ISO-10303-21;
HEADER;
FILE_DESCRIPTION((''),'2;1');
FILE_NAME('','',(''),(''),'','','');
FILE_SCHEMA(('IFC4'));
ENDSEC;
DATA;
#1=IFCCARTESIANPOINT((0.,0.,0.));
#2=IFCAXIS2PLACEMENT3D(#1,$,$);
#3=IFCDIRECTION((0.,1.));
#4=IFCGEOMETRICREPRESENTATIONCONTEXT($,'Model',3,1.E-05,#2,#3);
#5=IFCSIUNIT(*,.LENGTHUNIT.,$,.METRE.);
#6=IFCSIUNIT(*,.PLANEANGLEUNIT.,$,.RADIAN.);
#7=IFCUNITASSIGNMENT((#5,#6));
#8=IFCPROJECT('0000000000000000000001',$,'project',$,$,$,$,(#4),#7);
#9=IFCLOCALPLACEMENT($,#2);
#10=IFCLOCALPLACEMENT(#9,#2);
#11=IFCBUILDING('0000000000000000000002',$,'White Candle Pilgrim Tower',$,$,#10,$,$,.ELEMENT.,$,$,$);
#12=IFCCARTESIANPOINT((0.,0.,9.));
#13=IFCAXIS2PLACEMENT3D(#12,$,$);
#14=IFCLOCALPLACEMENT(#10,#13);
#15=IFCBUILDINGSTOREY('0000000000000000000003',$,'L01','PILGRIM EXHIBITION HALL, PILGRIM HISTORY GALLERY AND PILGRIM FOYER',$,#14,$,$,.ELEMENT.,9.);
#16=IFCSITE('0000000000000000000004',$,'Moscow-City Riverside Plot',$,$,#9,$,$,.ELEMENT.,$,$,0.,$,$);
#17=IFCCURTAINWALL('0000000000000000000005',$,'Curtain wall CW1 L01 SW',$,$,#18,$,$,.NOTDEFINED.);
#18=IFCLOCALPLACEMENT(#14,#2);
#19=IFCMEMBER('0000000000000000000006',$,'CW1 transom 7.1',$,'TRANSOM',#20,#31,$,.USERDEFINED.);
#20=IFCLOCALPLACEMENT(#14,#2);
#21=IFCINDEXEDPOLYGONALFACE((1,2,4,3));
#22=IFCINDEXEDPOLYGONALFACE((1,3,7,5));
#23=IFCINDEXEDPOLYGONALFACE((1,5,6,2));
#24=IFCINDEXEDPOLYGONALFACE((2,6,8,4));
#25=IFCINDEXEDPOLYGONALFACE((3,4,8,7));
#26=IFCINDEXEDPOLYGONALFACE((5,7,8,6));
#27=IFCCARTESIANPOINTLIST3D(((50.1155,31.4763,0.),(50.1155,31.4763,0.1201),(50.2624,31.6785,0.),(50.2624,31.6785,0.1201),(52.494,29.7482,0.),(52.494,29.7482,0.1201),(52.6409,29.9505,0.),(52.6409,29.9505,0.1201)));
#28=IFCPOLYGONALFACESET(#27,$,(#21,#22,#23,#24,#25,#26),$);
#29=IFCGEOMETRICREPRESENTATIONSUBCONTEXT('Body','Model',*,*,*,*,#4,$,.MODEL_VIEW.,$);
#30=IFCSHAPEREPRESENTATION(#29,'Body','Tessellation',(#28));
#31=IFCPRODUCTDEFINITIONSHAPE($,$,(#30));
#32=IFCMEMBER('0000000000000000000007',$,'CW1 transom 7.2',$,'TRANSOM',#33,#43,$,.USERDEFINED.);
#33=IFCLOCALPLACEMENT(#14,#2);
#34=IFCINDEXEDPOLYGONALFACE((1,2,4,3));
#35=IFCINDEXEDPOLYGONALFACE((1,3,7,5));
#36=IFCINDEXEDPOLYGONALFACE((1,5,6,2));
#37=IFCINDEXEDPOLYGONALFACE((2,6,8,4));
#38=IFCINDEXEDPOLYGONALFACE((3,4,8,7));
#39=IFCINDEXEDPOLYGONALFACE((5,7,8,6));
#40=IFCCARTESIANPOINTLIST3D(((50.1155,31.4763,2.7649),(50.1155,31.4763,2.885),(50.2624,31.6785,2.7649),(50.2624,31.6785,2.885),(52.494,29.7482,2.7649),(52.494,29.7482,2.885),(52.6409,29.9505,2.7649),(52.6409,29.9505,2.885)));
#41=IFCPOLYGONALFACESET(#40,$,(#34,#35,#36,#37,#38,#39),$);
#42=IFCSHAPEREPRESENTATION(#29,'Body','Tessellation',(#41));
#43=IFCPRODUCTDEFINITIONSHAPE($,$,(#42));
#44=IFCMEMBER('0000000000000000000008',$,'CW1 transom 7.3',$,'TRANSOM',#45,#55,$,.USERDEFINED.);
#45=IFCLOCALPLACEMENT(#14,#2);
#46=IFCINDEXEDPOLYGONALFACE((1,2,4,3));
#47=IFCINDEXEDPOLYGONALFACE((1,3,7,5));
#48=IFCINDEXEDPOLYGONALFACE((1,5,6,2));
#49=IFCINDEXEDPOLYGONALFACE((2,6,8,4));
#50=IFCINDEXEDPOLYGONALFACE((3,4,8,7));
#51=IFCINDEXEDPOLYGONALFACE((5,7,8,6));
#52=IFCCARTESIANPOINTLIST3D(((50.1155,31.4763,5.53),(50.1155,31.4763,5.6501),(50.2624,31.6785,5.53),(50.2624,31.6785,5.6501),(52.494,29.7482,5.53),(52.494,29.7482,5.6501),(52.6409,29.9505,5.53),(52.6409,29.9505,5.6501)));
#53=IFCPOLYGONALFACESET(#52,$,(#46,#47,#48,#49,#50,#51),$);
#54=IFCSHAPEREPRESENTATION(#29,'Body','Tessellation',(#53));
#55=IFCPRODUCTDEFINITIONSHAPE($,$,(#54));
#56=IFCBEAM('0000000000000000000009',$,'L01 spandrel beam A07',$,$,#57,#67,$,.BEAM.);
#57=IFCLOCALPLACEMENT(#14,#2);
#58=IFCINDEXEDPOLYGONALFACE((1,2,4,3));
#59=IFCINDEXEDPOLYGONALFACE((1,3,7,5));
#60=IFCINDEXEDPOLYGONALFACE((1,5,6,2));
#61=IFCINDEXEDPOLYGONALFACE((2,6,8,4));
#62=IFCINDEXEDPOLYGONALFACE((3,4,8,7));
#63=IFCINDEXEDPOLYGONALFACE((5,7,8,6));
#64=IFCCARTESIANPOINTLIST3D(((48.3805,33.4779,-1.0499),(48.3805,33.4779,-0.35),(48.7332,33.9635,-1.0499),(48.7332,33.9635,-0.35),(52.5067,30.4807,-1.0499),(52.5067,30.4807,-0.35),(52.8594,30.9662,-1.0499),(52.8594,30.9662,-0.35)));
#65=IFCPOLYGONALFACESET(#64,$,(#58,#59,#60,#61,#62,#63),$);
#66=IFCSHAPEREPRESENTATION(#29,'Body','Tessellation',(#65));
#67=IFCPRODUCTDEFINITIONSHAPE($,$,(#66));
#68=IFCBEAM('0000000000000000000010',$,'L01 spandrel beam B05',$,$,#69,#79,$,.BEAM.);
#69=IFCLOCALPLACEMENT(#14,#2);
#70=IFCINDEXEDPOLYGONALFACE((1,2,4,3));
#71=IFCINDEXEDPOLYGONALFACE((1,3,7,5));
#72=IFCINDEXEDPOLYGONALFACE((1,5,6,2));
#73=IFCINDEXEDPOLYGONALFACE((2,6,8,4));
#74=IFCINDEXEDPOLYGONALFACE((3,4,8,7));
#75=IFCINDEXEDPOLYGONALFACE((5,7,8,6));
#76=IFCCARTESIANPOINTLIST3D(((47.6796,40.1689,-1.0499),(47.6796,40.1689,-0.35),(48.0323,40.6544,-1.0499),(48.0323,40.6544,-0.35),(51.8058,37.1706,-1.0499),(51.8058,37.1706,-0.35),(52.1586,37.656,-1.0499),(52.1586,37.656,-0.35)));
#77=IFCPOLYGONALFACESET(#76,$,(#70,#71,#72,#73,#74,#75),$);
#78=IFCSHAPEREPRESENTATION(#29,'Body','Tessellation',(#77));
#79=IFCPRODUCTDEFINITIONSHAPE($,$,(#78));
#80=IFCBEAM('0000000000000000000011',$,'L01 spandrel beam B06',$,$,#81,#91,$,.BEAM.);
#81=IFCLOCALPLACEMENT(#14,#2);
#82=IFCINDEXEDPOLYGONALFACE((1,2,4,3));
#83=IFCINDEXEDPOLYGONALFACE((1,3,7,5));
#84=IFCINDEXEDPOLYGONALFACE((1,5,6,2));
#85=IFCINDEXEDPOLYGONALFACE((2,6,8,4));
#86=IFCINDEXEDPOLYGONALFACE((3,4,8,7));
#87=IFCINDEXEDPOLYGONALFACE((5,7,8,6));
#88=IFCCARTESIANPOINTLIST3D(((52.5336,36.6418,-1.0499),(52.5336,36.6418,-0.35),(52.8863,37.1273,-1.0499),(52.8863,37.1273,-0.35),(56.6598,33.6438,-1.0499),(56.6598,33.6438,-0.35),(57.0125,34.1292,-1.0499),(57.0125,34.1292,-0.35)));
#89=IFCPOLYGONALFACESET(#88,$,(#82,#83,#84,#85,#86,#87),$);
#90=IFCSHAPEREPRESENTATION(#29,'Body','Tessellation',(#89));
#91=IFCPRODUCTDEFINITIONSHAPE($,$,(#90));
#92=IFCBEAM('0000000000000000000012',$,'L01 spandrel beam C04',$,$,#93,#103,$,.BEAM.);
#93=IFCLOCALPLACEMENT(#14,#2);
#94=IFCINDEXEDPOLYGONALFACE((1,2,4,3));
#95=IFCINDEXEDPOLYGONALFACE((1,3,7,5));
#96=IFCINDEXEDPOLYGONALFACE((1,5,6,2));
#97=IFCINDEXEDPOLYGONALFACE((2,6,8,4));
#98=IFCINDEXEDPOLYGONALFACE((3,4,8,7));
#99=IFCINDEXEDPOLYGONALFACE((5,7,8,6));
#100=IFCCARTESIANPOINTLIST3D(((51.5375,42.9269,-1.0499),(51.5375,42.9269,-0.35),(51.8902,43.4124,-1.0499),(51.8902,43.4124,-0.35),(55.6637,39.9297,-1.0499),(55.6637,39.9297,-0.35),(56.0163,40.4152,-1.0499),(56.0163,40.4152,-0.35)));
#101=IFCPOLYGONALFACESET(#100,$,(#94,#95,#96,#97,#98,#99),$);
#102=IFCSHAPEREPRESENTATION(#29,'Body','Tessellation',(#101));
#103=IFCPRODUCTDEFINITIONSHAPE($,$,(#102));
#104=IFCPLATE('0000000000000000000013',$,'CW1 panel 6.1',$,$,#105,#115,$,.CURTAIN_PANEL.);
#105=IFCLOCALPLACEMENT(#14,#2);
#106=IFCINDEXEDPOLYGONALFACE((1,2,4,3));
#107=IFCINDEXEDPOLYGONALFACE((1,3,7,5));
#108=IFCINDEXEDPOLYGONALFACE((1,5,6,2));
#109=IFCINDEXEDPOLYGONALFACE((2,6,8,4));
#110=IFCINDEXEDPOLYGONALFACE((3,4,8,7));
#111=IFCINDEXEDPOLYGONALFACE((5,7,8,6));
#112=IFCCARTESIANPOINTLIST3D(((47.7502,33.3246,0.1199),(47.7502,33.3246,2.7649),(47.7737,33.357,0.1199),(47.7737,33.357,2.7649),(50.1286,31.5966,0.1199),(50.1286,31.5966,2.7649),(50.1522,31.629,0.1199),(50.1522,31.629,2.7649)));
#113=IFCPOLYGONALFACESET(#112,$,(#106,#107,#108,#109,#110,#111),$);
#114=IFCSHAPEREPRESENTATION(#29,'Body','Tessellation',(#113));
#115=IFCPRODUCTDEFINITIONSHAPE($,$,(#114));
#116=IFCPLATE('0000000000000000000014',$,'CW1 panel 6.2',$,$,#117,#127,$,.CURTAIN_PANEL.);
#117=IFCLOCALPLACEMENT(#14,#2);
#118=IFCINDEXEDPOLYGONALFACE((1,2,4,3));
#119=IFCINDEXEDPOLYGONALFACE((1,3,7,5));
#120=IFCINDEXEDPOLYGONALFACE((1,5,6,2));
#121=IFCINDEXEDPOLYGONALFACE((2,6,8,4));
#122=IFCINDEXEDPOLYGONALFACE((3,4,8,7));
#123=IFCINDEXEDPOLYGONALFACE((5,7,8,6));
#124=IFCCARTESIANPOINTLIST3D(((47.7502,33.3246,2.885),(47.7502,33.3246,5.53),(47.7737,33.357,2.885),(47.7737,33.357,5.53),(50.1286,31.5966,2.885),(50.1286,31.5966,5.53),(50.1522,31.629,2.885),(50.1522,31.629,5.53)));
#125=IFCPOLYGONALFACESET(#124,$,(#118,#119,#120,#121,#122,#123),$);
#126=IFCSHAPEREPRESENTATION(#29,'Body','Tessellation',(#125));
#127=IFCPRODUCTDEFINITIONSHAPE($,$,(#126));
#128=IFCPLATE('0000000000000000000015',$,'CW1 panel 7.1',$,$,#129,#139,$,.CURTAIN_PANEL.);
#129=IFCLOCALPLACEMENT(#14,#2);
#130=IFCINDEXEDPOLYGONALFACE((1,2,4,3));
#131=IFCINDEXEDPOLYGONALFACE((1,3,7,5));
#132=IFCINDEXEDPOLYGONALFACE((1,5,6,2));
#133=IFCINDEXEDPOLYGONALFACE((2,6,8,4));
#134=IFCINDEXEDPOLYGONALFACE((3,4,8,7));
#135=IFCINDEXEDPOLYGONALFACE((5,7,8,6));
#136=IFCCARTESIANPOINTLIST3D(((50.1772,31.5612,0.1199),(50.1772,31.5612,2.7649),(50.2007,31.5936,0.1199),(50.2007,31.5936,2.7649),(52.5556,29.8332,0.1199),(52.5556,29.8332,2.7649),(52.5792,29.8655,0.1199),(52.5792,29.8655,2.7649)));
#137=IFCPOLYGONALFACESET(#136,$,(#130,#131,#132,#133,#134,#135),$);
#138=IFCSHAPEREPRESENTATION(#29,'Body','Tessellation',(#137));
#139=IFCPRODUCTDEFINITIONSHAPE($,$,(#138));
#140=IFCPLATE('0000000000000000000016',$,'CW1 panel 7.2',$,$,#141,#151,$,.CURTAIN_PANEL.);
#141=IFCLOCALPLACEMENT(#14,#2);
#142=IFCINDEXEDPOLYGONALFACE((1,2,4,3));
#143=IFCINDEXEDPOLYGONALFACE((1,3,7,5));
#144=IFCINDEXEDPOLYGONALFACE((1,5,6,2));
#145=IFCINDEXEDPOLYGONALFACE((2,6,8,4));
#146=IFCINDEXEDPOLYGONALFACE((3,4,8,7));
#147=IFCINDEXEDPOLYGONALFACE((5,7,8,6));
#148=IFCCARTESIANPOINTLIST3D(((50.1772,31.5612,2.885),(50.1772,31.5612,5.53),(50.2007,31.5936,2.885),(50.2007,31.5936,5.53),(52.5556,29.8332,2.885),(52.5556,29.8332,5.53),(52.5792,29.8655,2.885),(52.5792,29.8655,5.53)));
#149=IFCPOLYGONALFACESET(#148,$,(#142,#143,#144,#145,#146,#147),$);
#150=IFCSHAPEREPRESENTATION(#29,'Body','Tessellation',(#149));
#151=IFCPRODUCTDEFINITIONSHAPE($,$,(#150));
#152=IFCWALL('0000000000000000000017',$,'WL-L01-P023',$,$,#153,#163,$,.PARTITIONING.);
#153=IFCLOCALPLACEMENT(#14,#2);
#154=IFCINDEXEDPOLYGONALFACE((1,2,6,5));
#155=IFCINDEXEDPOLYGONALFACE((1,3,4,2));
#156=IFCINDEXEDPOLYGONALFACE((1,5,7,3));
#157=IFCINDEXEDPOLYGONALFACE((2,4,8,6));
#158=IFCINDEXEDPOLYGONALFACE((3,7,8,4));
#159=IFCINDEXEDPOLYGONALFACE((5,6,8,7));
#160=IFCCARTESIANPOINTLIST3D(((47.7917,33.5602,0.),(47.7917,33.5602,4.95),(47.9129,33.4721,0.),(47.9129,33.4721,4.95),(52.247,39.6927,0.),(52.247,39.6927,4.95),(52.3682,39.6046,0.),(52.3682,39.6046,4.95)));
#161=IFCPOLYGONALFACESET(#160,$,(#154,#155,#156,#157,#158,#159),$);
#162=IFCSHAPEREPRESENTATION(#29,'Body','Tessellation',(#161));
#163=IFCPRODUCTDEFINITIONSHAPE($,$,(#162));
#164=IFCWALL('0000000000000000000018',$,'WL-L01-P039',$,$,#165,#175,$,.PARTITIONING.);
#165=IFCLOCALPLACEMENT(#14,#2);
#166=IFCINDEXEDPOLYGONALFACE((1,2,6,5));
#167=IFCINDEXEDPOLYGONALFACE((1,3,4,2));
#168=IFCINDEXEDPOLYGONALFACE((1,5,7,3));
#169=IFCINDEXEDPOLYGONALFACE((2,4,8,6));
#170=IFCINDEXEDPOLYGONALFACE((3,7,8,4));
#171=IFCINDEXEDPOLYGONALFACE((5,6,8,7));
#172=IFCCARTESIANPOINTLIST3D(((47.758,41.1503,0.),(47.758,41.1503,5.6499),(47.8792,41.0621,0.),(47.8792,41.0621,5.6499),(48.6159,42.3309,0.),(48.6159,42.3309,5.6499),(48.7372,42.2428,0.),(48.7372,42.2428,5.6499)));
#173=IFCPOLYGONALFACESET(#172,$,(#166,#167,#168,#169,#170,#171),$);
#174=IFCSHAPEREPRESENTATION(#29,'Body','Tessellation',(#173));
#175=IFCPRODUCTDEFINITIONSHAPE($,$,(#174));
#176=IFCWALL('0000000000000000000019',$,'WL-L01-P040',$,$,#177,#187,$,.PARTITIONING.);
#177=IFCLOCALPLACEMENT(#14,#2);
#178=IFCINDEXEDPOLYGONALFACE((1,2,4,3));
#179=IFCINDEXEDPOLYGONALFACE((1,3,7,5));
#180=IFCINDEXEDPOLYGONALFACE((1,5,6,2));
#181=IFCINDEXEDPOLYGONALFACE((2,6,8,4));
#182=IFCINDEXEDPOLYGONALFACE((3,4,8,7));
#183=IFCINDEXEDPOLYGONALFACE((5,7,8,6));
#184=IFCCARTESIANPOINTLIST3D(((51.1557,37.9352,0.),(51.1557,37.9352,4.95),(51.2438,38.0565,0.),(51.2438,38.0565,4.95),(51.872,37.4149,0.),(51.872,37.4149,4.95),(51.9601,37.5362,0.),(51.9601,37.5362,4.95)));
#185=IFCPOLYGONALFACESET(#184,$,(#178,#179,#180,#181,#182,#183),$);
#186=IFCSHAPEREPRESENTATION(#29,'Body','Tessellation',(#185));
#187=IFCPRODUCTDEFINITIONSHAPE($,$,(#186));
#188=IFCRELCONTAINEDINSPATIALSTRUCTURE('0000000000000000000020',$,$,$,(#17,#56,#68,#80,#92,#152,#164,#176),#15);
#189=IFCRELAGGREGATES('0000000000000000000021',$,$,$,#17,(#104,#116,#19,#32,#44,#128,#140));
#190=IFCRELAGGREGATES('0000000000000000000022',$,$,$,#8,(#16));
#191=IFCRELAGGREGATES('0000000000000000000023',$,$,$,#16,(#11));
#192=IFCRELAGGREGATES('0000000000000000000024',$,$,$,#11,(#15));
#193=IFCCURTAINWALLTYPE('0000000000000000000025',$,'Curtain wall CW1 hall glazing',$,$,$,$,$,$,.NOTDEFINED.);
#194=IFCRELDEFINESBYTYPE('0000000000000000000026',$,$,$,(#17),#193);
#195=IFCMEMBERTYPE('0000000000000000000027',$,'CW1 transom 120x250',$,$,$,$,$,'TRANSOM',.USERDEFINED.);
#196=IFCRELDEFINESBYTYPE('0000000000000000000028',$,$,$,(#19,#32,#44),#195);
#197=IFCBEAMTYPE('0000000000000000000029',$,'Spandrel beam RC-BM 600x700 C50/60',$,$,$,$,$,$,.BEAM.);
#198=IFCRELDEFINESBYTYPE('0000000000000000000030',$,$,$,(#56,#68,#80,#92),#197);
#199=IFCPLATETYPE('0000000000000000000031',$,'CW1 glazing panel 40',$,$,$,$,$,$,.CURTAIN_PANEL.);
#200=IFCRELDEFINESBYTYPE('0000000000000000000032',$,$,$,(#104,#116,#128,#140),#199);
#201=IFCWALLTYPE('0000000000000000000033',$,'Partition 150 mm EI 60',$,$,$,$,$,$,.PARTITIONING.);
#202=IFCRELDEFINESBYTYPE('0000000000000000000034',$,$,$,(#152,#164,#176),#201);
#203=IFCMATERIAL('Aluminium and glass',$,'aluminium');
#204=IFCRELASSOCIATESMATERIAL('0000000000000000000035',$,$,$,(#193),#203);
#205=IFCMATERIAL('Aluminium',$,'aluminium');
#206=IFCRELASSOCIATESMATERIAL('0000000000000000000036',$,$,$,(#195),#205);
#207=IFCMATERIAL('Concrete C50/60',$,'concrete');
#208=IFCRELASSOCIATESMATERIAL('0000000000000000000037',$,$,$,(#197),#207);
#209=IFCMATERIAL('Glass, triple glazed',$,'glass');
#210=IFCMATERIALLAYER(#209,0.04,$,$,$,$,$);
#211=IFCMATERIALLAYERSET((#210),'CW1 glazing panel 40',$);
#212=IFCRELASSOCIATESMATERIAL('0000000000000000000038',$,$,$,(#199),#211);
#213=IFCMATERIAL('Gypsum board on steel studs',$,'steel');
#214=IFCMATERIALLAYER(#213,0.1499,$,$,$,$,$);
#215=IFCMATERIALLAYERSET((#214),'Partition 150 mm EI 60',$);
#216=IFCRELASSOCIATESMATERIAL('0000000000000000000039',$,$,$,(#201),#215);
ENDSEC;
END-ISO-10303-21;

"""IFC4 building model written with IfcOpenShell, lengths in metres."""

from ifc_helpers import new_model, si_unit, direction, frame, frame_2d, origin, origin_2d, place, context, subcontext, project, spatial, rectangle, extrude, material, layer, layer_set, material_profile, profile_set, type_object, element, aggregate, save


model = new_model("IFC4")

# Units and contexts
model_context = context("Model", 3, precision=1e-05, world=origin(), true_north=direction((0.0, 1.0)))
body_context = subcontext(model_context, "Body", "Model", "MODEL_VIEW")
ifc_project = project(units=[si_unit("LENGTHUNIT", "METRE"), si_unit("PLANEANGLEUNIT", "RADIAN")], contexts=[model_context])

# Site, building, storey
site_placement = place(None, origin())
site = spatial("IfcSite", under=ifc_project, at=site_placement, Name="Moscow-City Riverside Plot", CompositionType="ELEMENT", RefElevation=0.0)
building_placement = place(site_placement, origin())
building = spatial("IfcBuilding", under=site, at=building_placement, Name="White Candle Pilgrim Tower", CompositionType="ELEMENT")
storey_placement = place(building_placement, frame((0.0, 0.0, 9.0)))
storey = spatial("IfcBuildingStorey", under=building, at=storey_placement, Name="L01", Description="PILGRIM EXHIBITION HALL, PILGRIM HISTORY GALLERY AND PILGRIM FOYER", CompositionType="ELEMENT", Elevation=9.0)

# Curtain wall, members
ifc_material_1 = material(Name="Aluminium and glass", Category="aluminium")
curtain_wall_type = type_object("IfcCurtainWallType", Name="Curtain wall CW1 hall glazing", PredefinedType="NOTDEFINED", material=ifc_material_1)
curtain_wall_placement = place(storey_placement, origin())
curtain_wall = element("IfcCurtainWall", 1, at=curtain_wall_placement, inside=storey, type_object=curtain_wall_type, Name="Curtain wall CW1 L01 SW", PredefinedType="NOTDEFINED")
ifc_material_2 = material(Name="Aluminium", Category="aluminium")
ifc_material_profile_1 = material_profile(ifc_material_2, rectangle(XDim=0.25, YDim=0.1201, at=origin_2d()), Name="CW1 transom 120x250")
ifc_profile_set_1 = profile_set([ifc_material_profile_1], Name="Aluminium")
member_type_1 = type_object("IfcMemberType", Name="CW1 transom 120x250", ElementType="TRANSOM", PredefinedType="USERDEFINED", material=ifc_profile_set_1)
member_1_placement = place(storey_placement, frame((50.189, 31.5774, 0.0601), z_axis=(0.809016, -0.587786, 0.0), x_axis=(0.587786, 0.809016, 0.0)))
member_1 = element("IfcMember", 2, at=member_1_placement, type_object=member_type_1, Name="CW1 transom 7.1", ObjectType="TRANSOM", PredefinedType="USERDEFINED", context=body_context, shape_type="SweptSolid", body=[
    extrude(rectangle(XDim=0.25, YDim=0.1201, at=origin_2d()), origin(), (0.0, 0.0, 1.0), 2.9399),
])
member_2_placement = place(storey_placement, frame((50.189, 31.5774, 2.825), z_axis=(0.809016, -0.587786, 0.0), x_axis=(0.587786, 0.809016, 0.0)))
member_2 = element("IfcMember", 3, at=member_2_placement, type_object=member_type_1, Name="CW1 transom 7.2", ObjectType="TRANSOM", PredefinedType="USERDEFINED", context=body_context, shape_type="SweptSolid", body=[
    extrude(rectangle(XDim=0.25, YDim=0.1201, at=origin_2d()), origin(), (0.0, 0.0, 1.0), 2.9399),
])
member_3_placement = place(storey_placement, frame((50.189, 31.5774, 5.5901), z_axis=(0.809016, -0.587786, 0.0), x_axis=(0.587786, 0.809016, 0.0)))
member_3 = element("IfcMember", 4, at=member_3_placement, type_object=member_type_1, Name="CW1 transom 7.3", ObjectType="TRANSOM", PredefinedType="USERDEFINED", context=body_context, shape_type="SweptSolid", body=[
    extrude(rectangle(XDim=0.25, YDim=0.1201, at=origin_2d()), origin(), (0.0, 0.0, 1.0), 2.9399),
])

# Beams
ifc_material_3 = material(Name="Concrete C50/60", Category="concrete")
ifc_material_profile_2 = material_profile(ifc_material_3, rectangle(XDim=0.6001, YDim=0.7, at=origin_2d()), Name="RC-BM 600x700")
ifc_profile_set_2 = profile_set([ifc_material_profile_2], Name="Concrete C50/60")
beam_type = type_object("IfcBeamType", Name="Spandrel beam RC-BM 600x700 C50/60", PredefinedType="BEAM", material=ifc_profile_set_2)
beam_1_placement = place(storey_placement, frame((48.5569, 33.7207, -0.7), z_axis=(0.809069, -0.587713, 0.0), x_axis=(0.587713, 0.809069, 0.0)))
element("IfcBeam", 5, at=beam_1_placement, inside=storey, type_object=beam_type, Name="L01 spandrel beam A07", PredefinedType="BEAM", context=body_context, shape_type="SweptSolid", body=[
    extrude(rectangle(XDim=0.6001, YDim=0.7, at=origin_2d()), origin(), (0.0, 0.0, 1.0), 5.0999),
])
beam_2_placement = place(storey_placement, frame((47.856, 40.4116, -0.7), z_axis=(0.808978, -0.587839, 0.0), x_axis=(0.587839, 0.808978, 0.0)))
element("IfcBeam", 6, at=beam_2_placement, inside=storey, type_object=beam_type, Name="L01 spandrel beam B05", PredefinedType="BEAM", context=body_context, shape_type="SweptSolid", body=[
    extrude(rectangle(XDim=0.6001, YDim=0.7, at=origin_2d()), origin(), (0.0, 0.0, 1.0), 5.1006),
])
beam_3_placement = place(storey_placement, frame((52.71, 36.8845, -0.7), z_axis=(0.809001, -0.587807, 0.0), x_axis=(0.587807, 0.809001, 0.0)))
element("IfcBeam", 7, at=beam_3_placement, inside=storey, type_object=beam_type, Name="L01 spandrel beam B06", PredefinedType="BEAM", context=body_context, shape_type="SweptSolid", body=[
    extrude(rectangle(XDim=0.6001, YDim=0.7, at=origin_2d()), origin(), (0.0, 0.0, 1.0), 5.1003),
])
beam_4_placement = place(storey_placement, frame((51.7139, 43.1697, -0.7), z_axis=(0.809069, -0.587713, 0.0), x_axis=(0.587713, 0.809069, 0.0)))
element("IfcBeam", 8, at=beam_4_placement, inside=storey, type_object=beam_type, Name="L01 spandrel beam C04", PredefinedType="BEAM", context=body_context, shape_type="SweptSolid", body=[
    extrude(rectangle(XDim=0.6001, YDim=0.7, at=origin_2d()), origin(), (0.0, 0.0, 1.0), 5.0999),
])

# Plates
ifc_material_4 = material(Name="Glass, triple glazed", Category="glass")
ifc_layer_1 = layer(ifc_material_4, 0.04)
ifc_layer_set_1 = layer_set([ifc_layer_1], Name="CW1 glazing panel 40")
plate_type = type_object("IfcPlateType", Name="CW1 glazing panel 40", PredefinedType="CURTAIN_PANEL", material=ifc_layer_set_1)
plate_1_placement = place(storey_placement, frame((48.9512, 32.4768, 0.1199), z_axis=(0.0, 0.0, 1.0), x_axis=(0.809017, -0.587785, 0.0)))
plate_1 = element("IfcPlate", 9, at=plate_1_placement, type_object=plate_type, Name="CW1 panel 6.1", PredefinedType="CURTAIN_PANEL", context=body_context, shape_type="SweptSolid", body=[
    extrude(rectangle(XDim=2.9399, YDim=0.04, at=origin_2d()), origin(), (0.0, 0.0, 1.0), 2.645),
])
plate_2_placement = place(storey_placement, frame((48.9512, 32.4768, 2.885), z_axis=(0.0, 0.0, 1.0), x_axis=(0.809017, -0.587785, 0.0)))
plate_2 = element("IfcPlate", 10, at=plate_2_placement, type_object=plate_type, Name="CW1 panel 6.2", PredefinedType="CURTAIN_PANEL", context=body_context, shape_type="SweptSolid", body=[
    extrude(rectangle(XDim=2.9399, YDim=0.04, at=origin_2d()), origin(), (0.0, 0.0, 1.0), 2.645),
])
plate_3_placement = place(storey_placement, frame((51.3782, 30.7134, 0.1199), z_axis=(0.0, 0.0, 1.0), x_axis=(0.809017, -0.587785, 0.0)))
plate_3 = element("IfcPlate", 11, at=plate_3_placement, type_object=plate_type, Name="CW1 panel 7.1", PredefinedType="CURTAIN_PANEL", context=body_context, shape_type="SweptSolid", body=[
    extrude(rectangle(XDim=2.9399, YDim=0.04, at=origin_2d()), origin(), (0.0, 0.0, 1.0), 2.645),
])
plate_4_placement = place(storey_placement, frame((51.3782, 30.7134, 2.885), z_axis=(0.0, 0.0, 1.0), x_axis=(0.809017, -0.587785, 0.0)))
plate_4 = element("IfcPlate", 12, at=plate_4_placement, type_object=plate_type, Name="CW1 panel 7.2", PredefinedType="CURTAIN_PANEL", context=body_context, shape_type="SweptSolid", body=[
    extrude(rectangle(XDim=2.9399, YDim=0.04, at=origin_2d()), origin(), (0.0, 0.0, 1.0), 2.645),
])
aggregate(curtain_wall, [plate_1, plate_2, member_1, member_2, member_3, plate_3, plate_4])

# Walls
ifc_material_5 = material(Name="Gypsum board on steel studs", Category="steel")
ifc_layer_2 = layer(ifc_material_5, 0.1499)
ifc_layer_set_2 = layer_set([ifc_layer_2], Name="Partition 150 mm EI 60")
wall_type_1 = type_object("IfcWallType", Name="Partition 150 mm EI 60", PredefinedType="PARTITIONING", material=ifc_layer_set_2)
wall_1_placement = place(storey_placement, frame((47.8523, 33.5161, 0.0), z_axis=(0.0, 0.0, 1.0), x_axis=(0.587764, 0.809033, 0.0)))
element("IfcWall", 13, at=wall_1_placement, inside=storey, type_object=wall_type_1, Name="WL-L01-P023", PredefinedType="PARTITIONING", context=body_context, shape_type="SweptSolid", body=[
    extrude(rectangle(XDim=7.5801, YDim=0.1499, at=frame_2d((3.79, 0.0))), origin(), (0.0, 0.0, 1.0), 4.95),
])
wall_2_placement = place(storey_placement, frame((47.8186, 41.1062, 0.0), z_axis=(0.0, 0.0, 1.0), x_axis=(0.587833, 0.808982, 0.0)))
element("IfcWall", 14, at=wall_2_placement, inside=storey, type_object=wall_type_1, Name="WL-L01-P039", PredefinedType="PARTITIONING", context=body_context, shape_type="SweptSolid", body=[
    extrude(rectangle(XDim=1.4595, YDim=0.1499, at=frame_2d((0.7297, 0.0))), origin(), (0.0, 0.0, 1.0), 5.6499),
])
wall_3_placement = place(storey_placement, frame((51.916, 37.4756, 0.0), z_axis=(0.0, 0.0, 1.0), x_axis=(-0.809106, 0.587663, 0.0)))
element("IfcWall", 15, at=wall_3_placement, inside=storey, type_object=wall_type_1, Name="WL-L01-P040", PredefinedType="PARTITIONING", context=body_context, shape_type="SweptSolid", body=[
    extrude(rectangle(XDim=0.8853, YDim=0.1499, at=frame_2d((0.4426, 0.0))), origin(), (0.0, 0.0, 1.0), 4.95),
])

save(model, "model.ifc")
